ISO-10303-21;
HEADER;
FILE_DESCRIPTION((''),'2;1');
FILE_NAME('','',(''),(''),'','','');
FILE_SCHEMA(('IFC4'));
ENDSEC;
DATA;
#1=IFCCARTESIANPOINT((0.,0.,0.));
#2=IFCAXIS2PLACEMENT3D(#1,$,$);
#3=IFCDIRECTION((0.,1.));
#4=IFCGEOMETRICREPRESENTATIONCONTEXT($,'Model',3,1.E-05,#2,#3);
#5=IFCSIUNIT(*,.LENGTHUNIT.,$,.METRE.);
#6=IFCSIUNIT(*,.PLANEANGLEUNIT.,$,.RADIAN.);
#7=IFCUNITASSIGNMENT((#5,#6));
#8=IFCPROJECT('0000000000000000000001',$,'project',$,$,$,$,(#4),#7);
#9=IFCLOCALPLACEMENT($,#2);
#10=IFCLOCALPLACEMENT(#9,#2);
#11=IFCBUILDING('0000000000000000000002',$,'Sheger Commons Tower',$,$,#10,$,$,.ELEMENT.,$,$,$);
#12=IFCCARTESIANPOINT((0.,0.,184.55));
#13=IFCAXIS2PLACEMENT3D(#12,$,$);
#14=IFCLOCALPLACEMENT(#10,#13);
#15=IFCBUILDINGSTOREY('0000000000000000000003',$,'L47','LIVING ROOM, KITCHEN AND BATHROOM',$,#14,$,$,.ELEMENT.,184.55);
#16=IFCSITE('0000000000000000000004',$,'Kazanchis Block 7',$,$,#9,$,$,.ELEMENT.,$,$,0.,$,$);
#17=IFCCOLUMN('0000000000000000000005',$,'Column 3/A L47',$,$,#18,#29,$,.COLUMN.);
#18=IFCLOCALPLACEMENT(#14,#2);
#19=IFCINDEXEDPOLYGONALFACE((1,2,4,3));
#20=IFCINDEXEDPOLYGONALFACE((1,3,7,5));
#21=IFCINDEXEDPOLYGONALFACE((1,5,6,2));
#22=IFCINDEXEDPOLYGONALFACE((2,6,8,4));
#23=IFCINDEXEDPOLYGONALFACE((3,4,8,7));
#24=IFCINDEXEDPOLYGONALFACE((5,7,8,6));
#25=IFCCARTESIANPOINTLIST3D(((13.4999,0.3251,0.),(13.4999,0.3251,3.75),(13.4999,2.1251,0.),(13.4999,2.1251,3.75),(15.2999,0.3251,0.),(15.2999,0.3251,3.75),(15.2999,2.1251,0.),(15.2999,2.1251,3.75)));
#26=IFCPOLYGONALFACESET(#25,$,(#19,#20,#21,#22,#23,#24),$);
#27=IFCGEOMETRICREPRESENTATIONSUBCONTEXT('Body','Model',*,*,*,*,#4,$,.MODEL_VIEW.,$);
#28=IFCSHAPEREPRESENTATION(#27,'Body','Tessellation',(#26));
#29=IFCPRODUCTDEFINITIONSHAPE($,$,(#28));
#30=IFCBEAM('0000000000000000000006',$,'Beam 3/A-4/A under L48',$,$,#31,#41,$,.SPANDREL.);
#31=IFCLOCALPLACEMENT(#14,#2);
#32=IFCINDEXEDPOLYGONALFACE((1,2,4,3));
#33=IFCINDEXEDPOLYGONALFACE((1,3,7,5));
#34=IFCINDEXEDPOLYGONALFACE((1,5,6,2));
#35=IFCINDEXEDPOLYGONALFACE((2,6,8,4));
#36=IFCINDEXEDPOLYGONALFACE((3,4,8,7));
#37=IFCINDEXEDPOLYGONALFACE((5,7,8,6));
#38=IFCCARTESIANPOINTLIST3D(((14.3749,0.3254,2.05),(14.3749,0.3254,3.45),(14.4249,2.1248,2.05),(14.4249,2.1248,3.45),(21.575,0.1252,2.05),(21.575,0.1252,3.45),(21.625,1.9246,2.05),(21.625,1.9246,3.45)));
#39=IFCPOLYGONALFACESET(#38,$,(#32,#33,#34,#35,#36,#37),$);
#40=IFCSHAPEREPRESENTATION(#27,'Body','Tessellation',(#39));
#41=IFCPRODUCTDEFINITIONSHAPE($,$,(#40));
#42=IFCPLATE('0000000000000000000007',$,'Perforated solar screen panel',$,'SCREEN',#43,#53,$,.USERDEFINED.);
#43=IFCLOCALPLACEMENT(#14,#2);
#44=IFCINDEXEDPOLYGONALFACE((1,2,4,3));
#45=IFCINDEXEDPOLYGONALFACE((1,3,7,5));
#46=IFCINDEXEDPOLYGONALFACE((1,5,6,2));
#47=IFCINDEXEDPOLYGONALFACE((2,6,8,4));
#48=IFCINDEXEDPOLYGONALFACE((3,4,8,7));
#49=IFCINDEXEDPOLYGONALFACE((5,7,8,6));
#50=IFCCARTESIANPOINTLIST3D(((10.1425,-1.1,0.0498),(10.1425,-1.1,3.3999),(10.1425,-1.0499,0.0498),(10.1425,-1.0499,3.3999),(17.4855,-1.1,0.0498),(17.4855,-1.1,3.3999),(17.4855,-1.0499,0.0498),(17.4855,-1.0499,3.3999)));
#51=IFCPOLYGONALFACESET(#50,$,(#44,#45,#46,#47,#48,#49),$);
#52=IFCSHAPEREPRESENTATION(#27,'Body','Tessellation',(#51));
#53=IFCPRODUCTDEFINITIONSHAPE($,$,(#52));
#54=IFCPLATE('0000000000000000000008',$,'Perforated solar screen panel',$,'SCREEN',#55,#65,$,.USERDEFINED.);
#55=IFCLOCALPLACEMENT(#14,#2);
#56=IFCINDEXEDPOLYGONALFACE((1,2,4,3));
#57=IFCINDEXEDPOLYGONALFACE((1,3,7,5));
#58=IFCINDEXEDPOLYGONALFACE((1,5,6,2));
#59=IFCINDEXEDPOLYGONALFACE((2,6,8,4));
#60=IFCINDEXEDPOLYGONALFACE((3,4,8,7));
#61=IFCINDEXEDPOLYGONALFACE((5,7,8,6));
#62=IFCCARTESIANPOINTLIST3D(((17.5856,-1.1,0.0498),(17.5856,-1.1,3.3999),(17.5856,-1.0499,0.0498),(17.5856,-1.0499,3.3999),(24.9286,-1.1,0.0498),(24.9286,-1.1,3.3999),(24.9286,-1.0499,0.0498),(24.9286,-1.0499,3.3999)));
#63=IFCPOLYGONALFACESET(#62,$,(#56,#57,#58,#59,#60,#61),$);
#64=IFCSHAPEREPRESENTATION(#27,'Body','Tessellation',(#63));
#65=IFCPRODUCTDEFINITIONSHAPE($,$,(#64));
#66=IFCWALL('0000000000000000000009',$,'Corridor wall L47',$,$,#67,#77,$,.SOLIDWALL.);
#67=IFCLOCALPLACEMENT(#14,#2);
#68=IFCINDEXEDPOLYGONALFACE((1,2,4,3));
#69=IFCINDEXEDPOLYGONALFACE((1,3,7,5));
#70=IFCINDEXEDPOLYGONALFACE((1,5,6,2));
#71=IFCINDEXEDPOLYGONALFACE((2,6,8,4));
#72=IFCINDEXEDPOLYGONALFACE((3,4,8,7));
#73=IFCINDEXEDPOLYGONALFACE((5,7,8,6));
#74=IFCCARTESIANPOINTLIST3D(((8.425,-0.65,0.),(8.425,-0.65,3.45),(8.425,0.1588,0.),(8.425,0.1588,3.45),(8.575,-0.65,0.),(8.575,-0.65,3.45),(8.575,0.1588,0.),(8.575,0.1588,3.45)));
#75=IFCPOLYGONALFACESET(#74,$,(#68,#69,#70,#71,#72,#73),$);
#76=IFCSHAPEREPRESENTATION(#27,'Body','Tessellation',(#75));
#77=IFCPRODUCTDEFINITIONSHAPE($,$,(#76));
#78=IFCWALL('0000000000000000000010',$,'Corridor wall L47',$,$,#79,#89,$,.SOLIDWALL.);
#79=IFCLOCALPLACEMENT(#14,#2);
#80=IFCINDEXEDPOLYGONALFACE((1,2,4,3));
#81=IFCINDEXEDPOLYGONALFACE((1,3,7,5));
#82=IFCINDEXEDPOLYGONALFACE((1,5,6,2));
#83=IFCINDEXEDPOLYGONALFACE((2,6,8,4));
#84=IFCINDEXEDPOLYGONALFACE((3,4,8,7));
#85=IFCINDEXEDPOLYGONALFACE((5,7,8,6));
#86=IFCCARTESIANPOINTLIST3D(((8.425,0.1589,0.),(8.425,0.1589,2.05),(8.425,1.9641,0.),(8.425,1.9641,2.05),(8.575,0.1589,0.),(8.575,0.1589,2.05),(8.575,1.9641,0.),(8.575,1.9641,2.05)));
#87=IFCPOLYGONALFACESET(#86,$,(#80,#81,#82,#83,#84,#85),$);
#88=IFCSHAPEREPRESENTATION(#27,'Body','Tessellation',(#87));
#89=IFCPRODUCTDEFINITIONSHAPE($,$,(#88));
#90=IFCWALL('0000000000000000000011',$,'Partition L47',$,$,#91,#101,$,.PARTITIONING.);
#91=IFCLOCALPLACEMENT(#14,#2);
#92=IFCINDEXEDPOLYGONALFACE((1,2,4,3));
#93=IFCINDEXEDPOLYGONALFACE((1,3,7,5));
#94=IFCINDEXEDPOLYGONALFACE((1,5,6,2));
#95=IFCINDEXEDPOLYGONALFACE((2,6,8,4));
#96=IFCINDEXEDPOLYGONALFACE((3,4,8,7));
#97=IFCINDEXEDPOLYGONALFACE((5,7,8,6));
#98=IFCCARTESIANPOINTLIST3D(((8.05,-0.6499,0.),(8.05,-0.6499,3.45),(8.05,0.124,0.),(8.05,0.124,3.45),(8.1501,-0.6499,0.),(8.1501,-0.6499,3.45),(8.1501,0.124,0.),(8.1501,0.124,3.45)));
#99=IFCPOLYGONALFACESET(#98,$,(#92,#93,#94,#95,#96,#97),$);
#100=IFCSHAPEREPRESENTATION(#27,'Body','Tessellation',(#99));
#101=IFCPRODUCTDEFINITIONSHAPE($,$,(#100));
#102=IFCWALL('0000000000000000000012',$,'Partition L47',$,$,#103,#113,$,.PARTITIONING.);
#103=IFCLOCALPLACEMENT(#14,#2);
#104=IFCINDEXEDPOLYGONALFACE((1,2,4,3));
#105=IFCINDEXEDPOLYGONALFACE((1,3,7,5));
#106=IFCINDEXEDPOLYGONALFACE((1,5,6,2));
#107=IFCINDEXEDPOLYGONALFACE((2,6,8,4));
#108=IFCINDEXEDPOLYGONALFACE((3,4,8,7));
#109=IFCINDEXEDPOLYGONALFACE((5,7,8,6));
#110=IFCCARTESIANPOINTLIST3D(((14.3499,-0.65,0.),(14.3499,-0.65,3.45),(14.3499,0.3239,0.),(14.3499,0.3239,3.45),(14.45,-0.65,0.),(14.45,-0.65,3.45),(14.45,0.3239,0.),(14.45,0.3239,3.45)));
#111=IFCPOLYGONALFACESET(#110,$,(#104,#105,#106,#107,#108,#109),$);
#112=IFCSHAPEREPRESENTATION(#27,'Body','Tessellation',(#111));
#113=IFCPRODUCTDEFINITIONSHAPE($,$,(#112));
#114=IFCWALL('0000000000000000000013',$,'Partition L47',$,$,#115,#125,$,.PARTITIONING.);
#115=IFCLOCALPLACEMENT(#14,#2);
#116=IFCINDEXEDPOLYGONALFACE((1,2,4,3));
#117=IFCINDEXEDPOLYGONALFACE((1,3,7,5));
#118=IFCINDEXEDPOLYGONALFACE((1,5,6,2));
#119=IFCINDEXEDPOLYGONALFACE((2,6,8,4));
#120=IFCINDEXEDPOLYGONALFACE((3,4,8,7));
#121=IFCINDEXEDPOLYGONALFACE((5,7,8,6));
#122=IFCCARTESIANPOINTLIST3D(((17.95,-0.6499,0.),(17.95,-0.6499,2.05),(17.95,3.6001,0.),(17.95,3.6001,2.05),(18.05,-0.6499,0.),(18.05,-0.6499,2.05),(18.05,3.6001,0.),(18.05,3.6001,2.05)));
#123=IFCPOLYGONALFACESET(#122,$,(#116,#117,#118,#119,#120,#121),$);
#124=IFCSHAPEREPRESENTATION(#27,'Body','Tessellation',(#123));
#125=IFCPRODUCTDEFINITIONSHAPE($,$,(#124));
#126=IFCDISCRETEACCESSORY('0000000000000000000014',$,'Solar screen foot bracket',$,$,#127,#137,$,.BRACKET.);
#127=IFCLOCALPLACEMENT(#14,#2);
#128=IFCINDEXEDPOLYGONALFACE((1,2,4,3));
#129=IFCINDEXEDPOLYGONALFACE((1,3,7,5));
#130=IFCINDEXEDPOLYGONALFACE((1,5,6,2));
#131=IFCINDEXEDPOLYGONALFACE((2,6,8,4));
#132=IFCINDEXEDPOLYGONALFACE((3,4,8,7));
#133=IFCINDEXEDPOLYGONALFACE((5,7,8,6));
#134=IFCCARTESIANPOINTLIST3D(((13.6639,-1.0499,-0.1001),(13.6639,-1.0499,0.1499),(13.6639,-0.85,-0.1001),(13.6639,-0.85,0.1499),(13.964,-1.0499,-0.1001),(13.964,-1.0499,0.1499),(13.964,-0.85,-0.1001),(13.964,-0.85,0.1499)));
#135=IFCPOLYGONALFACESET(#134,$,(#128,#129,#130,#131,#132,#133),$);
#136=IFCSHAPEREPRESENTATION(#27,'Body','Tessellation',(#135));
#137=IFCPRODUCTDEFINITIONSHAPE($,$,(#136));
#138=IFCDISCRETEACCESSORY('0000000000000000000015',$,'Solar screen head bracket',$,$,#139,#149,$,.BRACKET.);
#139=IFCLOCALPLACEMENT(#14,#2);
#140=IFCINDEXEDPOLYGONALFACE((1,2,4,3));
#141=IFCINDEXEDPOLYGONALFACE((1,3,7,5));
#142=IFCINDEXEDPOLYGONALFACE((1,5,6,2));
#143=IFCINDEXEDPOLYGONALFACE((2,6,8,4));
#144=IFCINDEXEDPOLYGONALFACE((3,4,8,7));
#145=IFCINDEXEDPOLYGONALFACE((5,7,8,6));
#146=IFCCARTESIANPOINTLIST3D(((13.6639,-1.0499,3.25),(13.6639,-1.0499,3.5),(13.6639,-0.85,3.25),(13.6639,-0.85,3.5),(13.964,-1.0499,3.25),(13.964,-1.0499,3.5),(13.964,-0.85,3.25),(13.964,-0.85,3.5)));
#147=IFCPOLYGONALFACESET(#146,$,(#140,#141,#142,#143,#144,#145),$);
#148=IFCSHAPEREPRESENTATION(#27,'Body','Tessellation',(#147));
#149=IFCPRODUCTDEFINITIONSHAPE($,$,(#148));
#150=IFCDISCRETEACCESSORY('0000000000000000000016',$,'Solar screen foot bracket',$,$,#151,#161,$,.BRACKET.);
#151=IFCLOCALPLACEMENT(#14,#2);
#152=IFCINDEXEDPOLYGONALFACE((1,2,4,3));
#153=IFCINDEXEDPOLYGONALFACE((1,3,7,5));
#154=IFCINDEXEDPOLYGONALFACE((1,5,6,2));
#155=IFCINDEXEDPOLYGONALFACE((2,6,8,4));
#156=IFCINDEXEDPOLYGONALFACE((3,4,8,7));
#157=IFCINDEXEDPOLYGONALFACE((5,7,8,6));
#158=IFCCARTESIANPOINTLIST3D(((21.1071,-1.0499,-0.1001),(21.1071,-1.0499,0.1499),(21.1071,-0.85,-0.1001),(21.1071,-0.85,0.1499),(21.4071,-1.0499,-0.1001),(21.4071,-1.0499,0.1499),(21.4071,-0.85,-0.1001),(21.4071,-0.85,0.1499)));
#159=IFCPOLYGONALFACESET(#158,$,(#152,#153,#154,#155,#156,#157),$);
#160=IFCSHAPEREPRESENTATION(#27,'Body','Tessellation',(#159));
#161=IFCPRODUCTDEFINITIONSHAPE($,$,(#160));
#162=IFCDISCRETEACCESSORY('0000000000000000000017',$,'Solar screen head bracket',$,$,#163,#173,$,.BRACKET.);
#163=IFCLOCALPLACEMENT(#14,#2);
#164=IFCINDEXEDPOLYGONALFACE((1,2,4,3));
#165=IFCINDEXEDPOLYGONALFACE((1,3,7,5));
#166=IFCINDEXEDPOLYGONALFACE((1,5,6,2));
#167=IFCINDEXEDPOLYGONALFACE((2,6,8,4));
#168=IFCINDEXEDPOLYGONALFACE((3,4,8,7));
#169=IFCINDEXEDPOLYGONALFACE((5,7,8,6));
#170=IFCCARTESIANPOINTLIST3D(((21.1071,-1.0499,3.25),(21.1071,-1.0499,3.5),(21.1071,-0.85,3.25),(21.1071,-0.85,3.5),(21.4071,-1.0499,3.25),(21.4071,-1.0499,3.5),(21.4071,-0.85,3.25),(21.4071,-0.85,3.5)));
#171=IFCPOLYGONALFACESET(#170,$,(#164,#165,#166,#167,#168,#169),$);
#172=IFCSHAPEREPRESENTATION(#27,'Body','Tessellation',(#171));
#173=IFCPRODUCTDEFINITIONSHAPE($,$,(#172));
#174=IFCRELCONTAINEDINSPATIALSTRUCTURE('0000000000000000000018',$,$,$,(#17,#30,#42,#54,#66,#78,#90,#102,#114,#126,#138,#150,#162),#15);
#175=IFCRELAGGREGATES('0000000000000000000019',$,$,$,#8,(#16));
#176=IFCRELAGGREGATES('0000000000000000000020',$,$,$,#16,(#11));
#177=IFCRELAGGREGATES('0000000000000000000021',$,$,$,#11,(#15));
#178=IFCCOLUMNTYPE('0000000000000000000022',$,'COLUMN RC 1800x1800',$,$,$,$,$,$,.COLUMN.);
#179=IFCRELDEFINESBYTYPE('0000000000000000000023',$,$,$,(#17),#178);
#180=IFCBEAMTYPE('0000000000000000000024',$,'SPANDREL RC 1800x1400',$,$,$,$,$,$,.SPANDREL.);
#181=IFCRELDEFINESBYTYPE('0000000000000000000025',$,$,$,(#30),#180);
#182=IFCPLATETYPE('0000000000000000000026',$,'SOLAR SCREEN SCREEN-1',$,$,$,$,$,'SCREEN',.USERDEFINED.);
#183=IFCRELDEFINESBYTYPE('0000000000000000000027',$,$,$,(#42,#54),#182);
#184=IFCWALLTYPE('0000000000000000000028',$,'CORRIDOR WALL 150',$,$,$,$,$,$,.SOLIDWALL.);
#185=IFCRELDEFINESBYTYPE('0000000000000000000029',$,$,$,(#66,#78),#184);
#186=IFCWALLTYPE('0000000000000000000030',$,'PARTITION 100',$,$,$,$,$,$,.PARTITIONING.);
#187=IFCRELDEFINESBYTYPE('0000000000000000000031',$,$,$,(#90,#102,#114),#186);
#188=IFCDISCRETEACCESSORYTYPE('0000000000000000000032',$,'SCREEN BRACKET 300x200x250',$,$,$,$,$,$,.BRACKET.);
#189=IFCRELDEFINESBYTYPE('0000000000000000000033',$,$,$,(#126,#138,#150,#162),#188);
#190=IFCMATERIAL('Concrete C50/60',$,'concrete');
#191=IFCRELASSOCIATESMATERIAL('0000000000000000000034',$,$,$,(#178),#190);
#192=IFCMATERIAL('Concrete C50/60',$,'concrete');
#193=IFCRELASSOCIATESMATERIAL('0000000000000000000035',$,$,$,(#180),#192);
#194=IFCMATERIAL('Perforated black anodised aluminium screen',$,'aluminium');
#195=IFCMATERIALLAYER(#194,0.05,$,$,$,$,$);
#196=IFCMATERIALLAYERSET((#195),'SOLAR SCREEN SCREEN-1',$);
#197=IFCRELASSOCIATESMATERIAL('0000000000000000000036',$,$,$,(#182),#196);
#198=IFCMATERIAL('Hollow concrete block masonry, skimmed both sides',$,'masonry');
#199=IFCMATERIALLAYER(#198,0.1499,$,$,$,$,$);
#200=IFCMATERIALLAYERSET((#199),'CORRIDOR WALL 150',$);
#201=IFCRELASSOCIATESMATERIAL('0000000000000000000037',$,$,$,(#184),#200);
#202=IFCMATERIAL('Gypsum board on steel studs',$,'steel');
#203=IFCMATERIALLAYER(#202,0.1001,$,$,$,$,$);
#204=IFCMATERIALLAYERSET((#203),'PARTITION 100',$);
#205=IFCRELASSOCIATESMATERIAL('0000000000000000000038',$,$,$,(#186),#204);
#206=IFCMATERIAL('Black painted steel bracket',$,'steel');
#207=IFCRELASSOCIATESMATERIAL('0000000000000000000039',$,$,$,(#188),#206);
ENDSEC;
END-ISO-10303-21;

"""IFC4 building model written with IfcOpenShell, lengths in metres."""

from ifc_helpers import new_model, si_unit, direction, frame, frame_2d, origin, origin_2d, place, context, subcontext, project, spatial, rectangle, extrude, material, layer, layer_set, material_profile, profile_set, type_object, element, save


model = new_model("IFC4")

# Units and contexts
model_context = context("Model", 3, precision=1e-05, world=origin(), true_north=direction((0.0, 1.0)))
body_context = subcontext(model_context, "Body", "Model", "MODEL_VIEW")
ifc_project = project(units=[si_unit("LENGTHUNIT", "METRE"), si_unit("PLANEANGLEUNIT", "RADIAN")], contexts=[model_context])

# Site, building, storey
site_placement = place(None, origin())
site = spatial("IfcSite", under=ifc_project, at=site_placement, Name="Kazanchis Block 7", CompositionType="ELEMENT", RefElevation=0.0)
building_placement = place(site_placement, origin())
building = spatial("IfcBuilding", under=site, at=building_placement, Name="Sheger Commons Tower", CompositionType="ELEMENT")
storey_placement = place(building_placement, frame((0.0, 0.0, 184.55)))
storey = spatial("IfcBuildingStorey", under=building, at=storey_placement, Name="L47", Description="LIVING ROOM, KITCHEN AND BATHROOM", CompositionType="ELEMENT", Elevation=184.55)

# Column
ifc_material_1 = material(Name="Concrete C50/60", Category="concrete")
ifc_material_profile_1 = material_profile(ifc_material_1, rectangle(XDim=1.8, YDim=1.8, at=origin_2d()), Name="RC 1800x1800")
ifc_profile_set_1 = profile_set([ifc_material_profile_1], Name="Concrete C50/60")
column_type = type_object("IfcColumnType", Name="COLUMN RC 1800x1800", PredefinedType="COLUMN", material=ifc_profile_set_1)
column_placement = place(storey_placement, frame((14.3999, 1.2251, 0.0), z_axis=(0.0, 0.0, 1.0), x_axis=(1.0, 0.0, 0.0)))
element("IfcColumn", 1, at=column_placement, inside=storey, type_object=column_type, Name="Column 3/A L47", PredefinedType="COLUMN", context=body_context, shape_type="SweptSolid", body=[
    extrude(rectangle(XDim=1.8, YDim=1.8, at=origin_2d()), origin(), (0.0, 0.0, 1.0), 3.75),
])

# Beam
ifc_material_2 = material(Name="Concrete C50/60", Category="concrete")
ifc_material_profile_2 = material_profile(ifc_material_2, rectangle(XDim=1.8, YDim=1.3999, at=origin_2d()), Name="RC 1800x1400")
ifc_profile_set_2 = profile_set([ifc_material_profile_2], Name="Concrete C50/60")
beam_type = type_object("IfcBeamType", Name="SPANDREL RC 1800x1400", PredefinedType="SPANDREL", material=ifc_profile_set_2)
beam_placement = place(storey_placement, frame((14.3999, 1.2251, 2.75), z_axis=(0.999614, -0.027793, 0.0), x_axis=(0.027793, 0.999614, 0.0)))
element("IfcBeam", 2, at=beam_placement, inside=storey, type_object=beam_type, Name="Beam 3/A-4/A under L48", PredefinedType="SPANDREL", context=body_context, shape_type="SweptSolid", body=[
    extrude(rectangle(XDim=1.8, YDim=1.3999, at=origin_2d()), origin(), (0.0, 0.0, 1.0), 7.2029),
])

# Plates
ifc_material_3 = material(Name="Perforated black anodised aluminium screen", Category="aluminium")
ifc_layer_1 = layer(ifc_material_3, 0.05)
ifc_layer_set_1 = layer_set([ifc_layer_1], Name="SOLAR SCREEN SCREEN-1")
plate_type = type_object("IfcPlateType", Name="SOLAR SCREEN SCREEN-1", ElementType="SCREEN", PredefinedType="USERDEFINED", material=ifc_layer_set_1)
for number, where, z_axis, x_axis, name in (
    (3, (13.814, -1.075, 0.0498), (0.0, 0.0, 1.0), (1.0, 0.0, 0.0), "Perforated solar screen panel"),
    (4, (21.2571, -1.075, 0.0498), (0.0, 0.0, 1.0), (1.0, 0.0, 0.0), "Perforated solar screen panel"),
):
    element("IfcPlate", number, at=place(storey_placement, frame(where, z_axis=z_axis, x_axis=x_axis)), inside=storey, type_object=plate_type, Name=name, ObjectType="SCREEN", PredefinedType="USERDEFINED", context=body_context, shape_type="SweptSolid", body=[
        extrude(rectangle(XDim=7.343, YDim=0.05, at=origin_2d()), origin(), (0.0, 0.0, 1.0), 3.3501),
    ])

# Walls
ifc_material_4 = material(Name="Hollow concrete block masonry, skimmed both sides", Category="masonry")
ifc_layer_2 = layer(ifc_material_4, 0.1499)
ifc_layer_set_2 = layer_set([ifc_layer_2], Name="CORRIDOR WALL 150")
wall_type_1 = type_object("IfcWallType", Name="CORRIDOR WALL 150", PredefinedType="SOLIDWALL", material=ifc_layer_set_2)
wall_1_placement = place(storey_placement, frame((8.5, -0.6499, 0.0), z_axis=(0.0, 0.0, 1.0), x_axis=(0.0, 1.0, 0.0)))
element("IfcWall", 5, at=wall_1_placement, inside=storey, type_object=wall_type_1, Name="Corridor wall L47", PredefinedType="SOLIDWALL", context=body_context, shape_type="SweptSolid", body=[
    extrude(rectangle(XDim=0.8088, YDim=0.1499, at=frame_2d((0.4043, 0.0))), origin(), (0.0, 0.0, 1.0), 3.45),
])
wall_2_placement = place(storey_placement, frame((8.5, 0.1589, 0.0), z_axis=(0.0, 0.0, 1.0), x_axis=(0.0, 1.0, 0.0)))
element("IfcWall", 6, at=wall_2_placement, inside=storey, type_object=wall_type_1, Name="Corridor wall L47", PredefinedType="SOLIDWALL", context=body_context, shape_type="SweptSolid", body=[
    extrude(rectangle(XDim=1.8052, YDim=0.1499, at=frame_2d((0.9026, 0.0))), origin(), (0.0, 0.0, 1.0), 2.05),
])
ifc_material_5 = material(Name="Gypsum board on steel studs", Category="steel")
ifc_layer_3 = layer(ifc_material_5, 0.1001)
ifc_layer_set_3 = layer_set([ifc_layer_3], Name="PARTITION 100")
wall_type_2 = type_object("IfcWallType", Name="PARTITION 100", PredefinedType="PARTITIONING", material=ifc_layer_set_3)
wall_3_placement = place(storey_placement, frame((8.1001, 0.124, 0.0), z_axis=(0.0, 0.0, 1.0), x_axis=(0.0, -1.0, 0.0)))
element("IfcWall", 7, at=wall_3_placement, inside=storey, type_object=wall_type_2, Name="Partition L47", PredefinedType="PARTITIONING", context=body_context, shape_type="SweptSolid", body=[
    extrude(rectangle(XDim=0.7739, YDim=0.1001, at=frame_2d((0.387, 0.0))), origin(), (0.0, 0.0, 1.0), 3.45),
])
wall_4_placement = place(storey_placement, frame((14.3999, -0.6499, 0.0), z_axis=(0.0, 0.0, 1.0), x_axis=(0.0, 1.0, 0.0)))
element("IfcWall", 8, at=wall_4_placement, inside=storey, type_object=wall_type_2, Name="Partition L47", PredefinedType="PARTITIONING", context=body_context, shape_type="SweptSolid", body=[
    extrude(rectangle(XDim=0.9739, YDim=0.1001, at=frame_2d((0.4868, 0.0))), origin(), (0.0, 0.0, 1.0), 3.45),
])
wall_5_placement = place(storey_placement, frame((18.0, -0.6499, 0.0), z_axis=(0.0, 0.0, 1.0), x_axis=(0.0, 1.0, 0.0)))
element("IfcWall", 9, at=wall_5_placement, inside=storey, type_object=wall_type_2, Name="Partition L47", PredefinedType="PARTITIONING", context=body_context, shape_type="SweptSolid", body=[
    extrude(rectangle(XDim=4.25, YDim=0.1001, at=frame_2d((2.125, 0.0))), origin(), (0.0, 0.0, 1.0), 2.05),
])

# Discrete accessories
ifc_material_6 = material(Name="Black painted steel bracket", Category="steel")
discrete_accessory_type = type_object("IfcDiscreteAccessoryType", Name="SCREEN BRACKET 300x200x250", PredefinedType="BRACKET", material=ifc_material_6)
for number, where, z_axis, x_axis, name in (
    (10, (13.814, -0.95, -0.1001), (0.0, 0.0, 1.0), (1.0, 0.0, 0.0), "Solar screen foot bracket"),
    (11, (13.814, -0.95, 3.25), (0.0, 0.0, 1.0), (1.0, 0.0, 0.0), "Solar screen head bracket"),
    (12, (21.2571, -0.95, -0.1001), (0.0, 0.0, 1.0), (1.0, 0.0, 0.0), "Solar screen foot bracket"),
    (13, (21.2571, -0.95, 3.25), (0.0, 0.0, 1.0), (1.0, 0.0, 0.0), "Solar screen head bracket"),
):
    element("IfcDiscreteAccessory", number, at=place(storey_placement, frame(where, z_axis=z_axis, x_axis=x_axis)), inside=storey, type_object=discrete_accessory_type, Name=name, PredefinedType="BRACKET", context=body_context, shape_type="SweptSolid", body=[
        extrude(rectangle(XDim=0.3, YDim=0.2, at=origin_2d()), origin(), (0.0, 0.0, 1.0), 0.25),
    ])

save(model, "model.ifc")
